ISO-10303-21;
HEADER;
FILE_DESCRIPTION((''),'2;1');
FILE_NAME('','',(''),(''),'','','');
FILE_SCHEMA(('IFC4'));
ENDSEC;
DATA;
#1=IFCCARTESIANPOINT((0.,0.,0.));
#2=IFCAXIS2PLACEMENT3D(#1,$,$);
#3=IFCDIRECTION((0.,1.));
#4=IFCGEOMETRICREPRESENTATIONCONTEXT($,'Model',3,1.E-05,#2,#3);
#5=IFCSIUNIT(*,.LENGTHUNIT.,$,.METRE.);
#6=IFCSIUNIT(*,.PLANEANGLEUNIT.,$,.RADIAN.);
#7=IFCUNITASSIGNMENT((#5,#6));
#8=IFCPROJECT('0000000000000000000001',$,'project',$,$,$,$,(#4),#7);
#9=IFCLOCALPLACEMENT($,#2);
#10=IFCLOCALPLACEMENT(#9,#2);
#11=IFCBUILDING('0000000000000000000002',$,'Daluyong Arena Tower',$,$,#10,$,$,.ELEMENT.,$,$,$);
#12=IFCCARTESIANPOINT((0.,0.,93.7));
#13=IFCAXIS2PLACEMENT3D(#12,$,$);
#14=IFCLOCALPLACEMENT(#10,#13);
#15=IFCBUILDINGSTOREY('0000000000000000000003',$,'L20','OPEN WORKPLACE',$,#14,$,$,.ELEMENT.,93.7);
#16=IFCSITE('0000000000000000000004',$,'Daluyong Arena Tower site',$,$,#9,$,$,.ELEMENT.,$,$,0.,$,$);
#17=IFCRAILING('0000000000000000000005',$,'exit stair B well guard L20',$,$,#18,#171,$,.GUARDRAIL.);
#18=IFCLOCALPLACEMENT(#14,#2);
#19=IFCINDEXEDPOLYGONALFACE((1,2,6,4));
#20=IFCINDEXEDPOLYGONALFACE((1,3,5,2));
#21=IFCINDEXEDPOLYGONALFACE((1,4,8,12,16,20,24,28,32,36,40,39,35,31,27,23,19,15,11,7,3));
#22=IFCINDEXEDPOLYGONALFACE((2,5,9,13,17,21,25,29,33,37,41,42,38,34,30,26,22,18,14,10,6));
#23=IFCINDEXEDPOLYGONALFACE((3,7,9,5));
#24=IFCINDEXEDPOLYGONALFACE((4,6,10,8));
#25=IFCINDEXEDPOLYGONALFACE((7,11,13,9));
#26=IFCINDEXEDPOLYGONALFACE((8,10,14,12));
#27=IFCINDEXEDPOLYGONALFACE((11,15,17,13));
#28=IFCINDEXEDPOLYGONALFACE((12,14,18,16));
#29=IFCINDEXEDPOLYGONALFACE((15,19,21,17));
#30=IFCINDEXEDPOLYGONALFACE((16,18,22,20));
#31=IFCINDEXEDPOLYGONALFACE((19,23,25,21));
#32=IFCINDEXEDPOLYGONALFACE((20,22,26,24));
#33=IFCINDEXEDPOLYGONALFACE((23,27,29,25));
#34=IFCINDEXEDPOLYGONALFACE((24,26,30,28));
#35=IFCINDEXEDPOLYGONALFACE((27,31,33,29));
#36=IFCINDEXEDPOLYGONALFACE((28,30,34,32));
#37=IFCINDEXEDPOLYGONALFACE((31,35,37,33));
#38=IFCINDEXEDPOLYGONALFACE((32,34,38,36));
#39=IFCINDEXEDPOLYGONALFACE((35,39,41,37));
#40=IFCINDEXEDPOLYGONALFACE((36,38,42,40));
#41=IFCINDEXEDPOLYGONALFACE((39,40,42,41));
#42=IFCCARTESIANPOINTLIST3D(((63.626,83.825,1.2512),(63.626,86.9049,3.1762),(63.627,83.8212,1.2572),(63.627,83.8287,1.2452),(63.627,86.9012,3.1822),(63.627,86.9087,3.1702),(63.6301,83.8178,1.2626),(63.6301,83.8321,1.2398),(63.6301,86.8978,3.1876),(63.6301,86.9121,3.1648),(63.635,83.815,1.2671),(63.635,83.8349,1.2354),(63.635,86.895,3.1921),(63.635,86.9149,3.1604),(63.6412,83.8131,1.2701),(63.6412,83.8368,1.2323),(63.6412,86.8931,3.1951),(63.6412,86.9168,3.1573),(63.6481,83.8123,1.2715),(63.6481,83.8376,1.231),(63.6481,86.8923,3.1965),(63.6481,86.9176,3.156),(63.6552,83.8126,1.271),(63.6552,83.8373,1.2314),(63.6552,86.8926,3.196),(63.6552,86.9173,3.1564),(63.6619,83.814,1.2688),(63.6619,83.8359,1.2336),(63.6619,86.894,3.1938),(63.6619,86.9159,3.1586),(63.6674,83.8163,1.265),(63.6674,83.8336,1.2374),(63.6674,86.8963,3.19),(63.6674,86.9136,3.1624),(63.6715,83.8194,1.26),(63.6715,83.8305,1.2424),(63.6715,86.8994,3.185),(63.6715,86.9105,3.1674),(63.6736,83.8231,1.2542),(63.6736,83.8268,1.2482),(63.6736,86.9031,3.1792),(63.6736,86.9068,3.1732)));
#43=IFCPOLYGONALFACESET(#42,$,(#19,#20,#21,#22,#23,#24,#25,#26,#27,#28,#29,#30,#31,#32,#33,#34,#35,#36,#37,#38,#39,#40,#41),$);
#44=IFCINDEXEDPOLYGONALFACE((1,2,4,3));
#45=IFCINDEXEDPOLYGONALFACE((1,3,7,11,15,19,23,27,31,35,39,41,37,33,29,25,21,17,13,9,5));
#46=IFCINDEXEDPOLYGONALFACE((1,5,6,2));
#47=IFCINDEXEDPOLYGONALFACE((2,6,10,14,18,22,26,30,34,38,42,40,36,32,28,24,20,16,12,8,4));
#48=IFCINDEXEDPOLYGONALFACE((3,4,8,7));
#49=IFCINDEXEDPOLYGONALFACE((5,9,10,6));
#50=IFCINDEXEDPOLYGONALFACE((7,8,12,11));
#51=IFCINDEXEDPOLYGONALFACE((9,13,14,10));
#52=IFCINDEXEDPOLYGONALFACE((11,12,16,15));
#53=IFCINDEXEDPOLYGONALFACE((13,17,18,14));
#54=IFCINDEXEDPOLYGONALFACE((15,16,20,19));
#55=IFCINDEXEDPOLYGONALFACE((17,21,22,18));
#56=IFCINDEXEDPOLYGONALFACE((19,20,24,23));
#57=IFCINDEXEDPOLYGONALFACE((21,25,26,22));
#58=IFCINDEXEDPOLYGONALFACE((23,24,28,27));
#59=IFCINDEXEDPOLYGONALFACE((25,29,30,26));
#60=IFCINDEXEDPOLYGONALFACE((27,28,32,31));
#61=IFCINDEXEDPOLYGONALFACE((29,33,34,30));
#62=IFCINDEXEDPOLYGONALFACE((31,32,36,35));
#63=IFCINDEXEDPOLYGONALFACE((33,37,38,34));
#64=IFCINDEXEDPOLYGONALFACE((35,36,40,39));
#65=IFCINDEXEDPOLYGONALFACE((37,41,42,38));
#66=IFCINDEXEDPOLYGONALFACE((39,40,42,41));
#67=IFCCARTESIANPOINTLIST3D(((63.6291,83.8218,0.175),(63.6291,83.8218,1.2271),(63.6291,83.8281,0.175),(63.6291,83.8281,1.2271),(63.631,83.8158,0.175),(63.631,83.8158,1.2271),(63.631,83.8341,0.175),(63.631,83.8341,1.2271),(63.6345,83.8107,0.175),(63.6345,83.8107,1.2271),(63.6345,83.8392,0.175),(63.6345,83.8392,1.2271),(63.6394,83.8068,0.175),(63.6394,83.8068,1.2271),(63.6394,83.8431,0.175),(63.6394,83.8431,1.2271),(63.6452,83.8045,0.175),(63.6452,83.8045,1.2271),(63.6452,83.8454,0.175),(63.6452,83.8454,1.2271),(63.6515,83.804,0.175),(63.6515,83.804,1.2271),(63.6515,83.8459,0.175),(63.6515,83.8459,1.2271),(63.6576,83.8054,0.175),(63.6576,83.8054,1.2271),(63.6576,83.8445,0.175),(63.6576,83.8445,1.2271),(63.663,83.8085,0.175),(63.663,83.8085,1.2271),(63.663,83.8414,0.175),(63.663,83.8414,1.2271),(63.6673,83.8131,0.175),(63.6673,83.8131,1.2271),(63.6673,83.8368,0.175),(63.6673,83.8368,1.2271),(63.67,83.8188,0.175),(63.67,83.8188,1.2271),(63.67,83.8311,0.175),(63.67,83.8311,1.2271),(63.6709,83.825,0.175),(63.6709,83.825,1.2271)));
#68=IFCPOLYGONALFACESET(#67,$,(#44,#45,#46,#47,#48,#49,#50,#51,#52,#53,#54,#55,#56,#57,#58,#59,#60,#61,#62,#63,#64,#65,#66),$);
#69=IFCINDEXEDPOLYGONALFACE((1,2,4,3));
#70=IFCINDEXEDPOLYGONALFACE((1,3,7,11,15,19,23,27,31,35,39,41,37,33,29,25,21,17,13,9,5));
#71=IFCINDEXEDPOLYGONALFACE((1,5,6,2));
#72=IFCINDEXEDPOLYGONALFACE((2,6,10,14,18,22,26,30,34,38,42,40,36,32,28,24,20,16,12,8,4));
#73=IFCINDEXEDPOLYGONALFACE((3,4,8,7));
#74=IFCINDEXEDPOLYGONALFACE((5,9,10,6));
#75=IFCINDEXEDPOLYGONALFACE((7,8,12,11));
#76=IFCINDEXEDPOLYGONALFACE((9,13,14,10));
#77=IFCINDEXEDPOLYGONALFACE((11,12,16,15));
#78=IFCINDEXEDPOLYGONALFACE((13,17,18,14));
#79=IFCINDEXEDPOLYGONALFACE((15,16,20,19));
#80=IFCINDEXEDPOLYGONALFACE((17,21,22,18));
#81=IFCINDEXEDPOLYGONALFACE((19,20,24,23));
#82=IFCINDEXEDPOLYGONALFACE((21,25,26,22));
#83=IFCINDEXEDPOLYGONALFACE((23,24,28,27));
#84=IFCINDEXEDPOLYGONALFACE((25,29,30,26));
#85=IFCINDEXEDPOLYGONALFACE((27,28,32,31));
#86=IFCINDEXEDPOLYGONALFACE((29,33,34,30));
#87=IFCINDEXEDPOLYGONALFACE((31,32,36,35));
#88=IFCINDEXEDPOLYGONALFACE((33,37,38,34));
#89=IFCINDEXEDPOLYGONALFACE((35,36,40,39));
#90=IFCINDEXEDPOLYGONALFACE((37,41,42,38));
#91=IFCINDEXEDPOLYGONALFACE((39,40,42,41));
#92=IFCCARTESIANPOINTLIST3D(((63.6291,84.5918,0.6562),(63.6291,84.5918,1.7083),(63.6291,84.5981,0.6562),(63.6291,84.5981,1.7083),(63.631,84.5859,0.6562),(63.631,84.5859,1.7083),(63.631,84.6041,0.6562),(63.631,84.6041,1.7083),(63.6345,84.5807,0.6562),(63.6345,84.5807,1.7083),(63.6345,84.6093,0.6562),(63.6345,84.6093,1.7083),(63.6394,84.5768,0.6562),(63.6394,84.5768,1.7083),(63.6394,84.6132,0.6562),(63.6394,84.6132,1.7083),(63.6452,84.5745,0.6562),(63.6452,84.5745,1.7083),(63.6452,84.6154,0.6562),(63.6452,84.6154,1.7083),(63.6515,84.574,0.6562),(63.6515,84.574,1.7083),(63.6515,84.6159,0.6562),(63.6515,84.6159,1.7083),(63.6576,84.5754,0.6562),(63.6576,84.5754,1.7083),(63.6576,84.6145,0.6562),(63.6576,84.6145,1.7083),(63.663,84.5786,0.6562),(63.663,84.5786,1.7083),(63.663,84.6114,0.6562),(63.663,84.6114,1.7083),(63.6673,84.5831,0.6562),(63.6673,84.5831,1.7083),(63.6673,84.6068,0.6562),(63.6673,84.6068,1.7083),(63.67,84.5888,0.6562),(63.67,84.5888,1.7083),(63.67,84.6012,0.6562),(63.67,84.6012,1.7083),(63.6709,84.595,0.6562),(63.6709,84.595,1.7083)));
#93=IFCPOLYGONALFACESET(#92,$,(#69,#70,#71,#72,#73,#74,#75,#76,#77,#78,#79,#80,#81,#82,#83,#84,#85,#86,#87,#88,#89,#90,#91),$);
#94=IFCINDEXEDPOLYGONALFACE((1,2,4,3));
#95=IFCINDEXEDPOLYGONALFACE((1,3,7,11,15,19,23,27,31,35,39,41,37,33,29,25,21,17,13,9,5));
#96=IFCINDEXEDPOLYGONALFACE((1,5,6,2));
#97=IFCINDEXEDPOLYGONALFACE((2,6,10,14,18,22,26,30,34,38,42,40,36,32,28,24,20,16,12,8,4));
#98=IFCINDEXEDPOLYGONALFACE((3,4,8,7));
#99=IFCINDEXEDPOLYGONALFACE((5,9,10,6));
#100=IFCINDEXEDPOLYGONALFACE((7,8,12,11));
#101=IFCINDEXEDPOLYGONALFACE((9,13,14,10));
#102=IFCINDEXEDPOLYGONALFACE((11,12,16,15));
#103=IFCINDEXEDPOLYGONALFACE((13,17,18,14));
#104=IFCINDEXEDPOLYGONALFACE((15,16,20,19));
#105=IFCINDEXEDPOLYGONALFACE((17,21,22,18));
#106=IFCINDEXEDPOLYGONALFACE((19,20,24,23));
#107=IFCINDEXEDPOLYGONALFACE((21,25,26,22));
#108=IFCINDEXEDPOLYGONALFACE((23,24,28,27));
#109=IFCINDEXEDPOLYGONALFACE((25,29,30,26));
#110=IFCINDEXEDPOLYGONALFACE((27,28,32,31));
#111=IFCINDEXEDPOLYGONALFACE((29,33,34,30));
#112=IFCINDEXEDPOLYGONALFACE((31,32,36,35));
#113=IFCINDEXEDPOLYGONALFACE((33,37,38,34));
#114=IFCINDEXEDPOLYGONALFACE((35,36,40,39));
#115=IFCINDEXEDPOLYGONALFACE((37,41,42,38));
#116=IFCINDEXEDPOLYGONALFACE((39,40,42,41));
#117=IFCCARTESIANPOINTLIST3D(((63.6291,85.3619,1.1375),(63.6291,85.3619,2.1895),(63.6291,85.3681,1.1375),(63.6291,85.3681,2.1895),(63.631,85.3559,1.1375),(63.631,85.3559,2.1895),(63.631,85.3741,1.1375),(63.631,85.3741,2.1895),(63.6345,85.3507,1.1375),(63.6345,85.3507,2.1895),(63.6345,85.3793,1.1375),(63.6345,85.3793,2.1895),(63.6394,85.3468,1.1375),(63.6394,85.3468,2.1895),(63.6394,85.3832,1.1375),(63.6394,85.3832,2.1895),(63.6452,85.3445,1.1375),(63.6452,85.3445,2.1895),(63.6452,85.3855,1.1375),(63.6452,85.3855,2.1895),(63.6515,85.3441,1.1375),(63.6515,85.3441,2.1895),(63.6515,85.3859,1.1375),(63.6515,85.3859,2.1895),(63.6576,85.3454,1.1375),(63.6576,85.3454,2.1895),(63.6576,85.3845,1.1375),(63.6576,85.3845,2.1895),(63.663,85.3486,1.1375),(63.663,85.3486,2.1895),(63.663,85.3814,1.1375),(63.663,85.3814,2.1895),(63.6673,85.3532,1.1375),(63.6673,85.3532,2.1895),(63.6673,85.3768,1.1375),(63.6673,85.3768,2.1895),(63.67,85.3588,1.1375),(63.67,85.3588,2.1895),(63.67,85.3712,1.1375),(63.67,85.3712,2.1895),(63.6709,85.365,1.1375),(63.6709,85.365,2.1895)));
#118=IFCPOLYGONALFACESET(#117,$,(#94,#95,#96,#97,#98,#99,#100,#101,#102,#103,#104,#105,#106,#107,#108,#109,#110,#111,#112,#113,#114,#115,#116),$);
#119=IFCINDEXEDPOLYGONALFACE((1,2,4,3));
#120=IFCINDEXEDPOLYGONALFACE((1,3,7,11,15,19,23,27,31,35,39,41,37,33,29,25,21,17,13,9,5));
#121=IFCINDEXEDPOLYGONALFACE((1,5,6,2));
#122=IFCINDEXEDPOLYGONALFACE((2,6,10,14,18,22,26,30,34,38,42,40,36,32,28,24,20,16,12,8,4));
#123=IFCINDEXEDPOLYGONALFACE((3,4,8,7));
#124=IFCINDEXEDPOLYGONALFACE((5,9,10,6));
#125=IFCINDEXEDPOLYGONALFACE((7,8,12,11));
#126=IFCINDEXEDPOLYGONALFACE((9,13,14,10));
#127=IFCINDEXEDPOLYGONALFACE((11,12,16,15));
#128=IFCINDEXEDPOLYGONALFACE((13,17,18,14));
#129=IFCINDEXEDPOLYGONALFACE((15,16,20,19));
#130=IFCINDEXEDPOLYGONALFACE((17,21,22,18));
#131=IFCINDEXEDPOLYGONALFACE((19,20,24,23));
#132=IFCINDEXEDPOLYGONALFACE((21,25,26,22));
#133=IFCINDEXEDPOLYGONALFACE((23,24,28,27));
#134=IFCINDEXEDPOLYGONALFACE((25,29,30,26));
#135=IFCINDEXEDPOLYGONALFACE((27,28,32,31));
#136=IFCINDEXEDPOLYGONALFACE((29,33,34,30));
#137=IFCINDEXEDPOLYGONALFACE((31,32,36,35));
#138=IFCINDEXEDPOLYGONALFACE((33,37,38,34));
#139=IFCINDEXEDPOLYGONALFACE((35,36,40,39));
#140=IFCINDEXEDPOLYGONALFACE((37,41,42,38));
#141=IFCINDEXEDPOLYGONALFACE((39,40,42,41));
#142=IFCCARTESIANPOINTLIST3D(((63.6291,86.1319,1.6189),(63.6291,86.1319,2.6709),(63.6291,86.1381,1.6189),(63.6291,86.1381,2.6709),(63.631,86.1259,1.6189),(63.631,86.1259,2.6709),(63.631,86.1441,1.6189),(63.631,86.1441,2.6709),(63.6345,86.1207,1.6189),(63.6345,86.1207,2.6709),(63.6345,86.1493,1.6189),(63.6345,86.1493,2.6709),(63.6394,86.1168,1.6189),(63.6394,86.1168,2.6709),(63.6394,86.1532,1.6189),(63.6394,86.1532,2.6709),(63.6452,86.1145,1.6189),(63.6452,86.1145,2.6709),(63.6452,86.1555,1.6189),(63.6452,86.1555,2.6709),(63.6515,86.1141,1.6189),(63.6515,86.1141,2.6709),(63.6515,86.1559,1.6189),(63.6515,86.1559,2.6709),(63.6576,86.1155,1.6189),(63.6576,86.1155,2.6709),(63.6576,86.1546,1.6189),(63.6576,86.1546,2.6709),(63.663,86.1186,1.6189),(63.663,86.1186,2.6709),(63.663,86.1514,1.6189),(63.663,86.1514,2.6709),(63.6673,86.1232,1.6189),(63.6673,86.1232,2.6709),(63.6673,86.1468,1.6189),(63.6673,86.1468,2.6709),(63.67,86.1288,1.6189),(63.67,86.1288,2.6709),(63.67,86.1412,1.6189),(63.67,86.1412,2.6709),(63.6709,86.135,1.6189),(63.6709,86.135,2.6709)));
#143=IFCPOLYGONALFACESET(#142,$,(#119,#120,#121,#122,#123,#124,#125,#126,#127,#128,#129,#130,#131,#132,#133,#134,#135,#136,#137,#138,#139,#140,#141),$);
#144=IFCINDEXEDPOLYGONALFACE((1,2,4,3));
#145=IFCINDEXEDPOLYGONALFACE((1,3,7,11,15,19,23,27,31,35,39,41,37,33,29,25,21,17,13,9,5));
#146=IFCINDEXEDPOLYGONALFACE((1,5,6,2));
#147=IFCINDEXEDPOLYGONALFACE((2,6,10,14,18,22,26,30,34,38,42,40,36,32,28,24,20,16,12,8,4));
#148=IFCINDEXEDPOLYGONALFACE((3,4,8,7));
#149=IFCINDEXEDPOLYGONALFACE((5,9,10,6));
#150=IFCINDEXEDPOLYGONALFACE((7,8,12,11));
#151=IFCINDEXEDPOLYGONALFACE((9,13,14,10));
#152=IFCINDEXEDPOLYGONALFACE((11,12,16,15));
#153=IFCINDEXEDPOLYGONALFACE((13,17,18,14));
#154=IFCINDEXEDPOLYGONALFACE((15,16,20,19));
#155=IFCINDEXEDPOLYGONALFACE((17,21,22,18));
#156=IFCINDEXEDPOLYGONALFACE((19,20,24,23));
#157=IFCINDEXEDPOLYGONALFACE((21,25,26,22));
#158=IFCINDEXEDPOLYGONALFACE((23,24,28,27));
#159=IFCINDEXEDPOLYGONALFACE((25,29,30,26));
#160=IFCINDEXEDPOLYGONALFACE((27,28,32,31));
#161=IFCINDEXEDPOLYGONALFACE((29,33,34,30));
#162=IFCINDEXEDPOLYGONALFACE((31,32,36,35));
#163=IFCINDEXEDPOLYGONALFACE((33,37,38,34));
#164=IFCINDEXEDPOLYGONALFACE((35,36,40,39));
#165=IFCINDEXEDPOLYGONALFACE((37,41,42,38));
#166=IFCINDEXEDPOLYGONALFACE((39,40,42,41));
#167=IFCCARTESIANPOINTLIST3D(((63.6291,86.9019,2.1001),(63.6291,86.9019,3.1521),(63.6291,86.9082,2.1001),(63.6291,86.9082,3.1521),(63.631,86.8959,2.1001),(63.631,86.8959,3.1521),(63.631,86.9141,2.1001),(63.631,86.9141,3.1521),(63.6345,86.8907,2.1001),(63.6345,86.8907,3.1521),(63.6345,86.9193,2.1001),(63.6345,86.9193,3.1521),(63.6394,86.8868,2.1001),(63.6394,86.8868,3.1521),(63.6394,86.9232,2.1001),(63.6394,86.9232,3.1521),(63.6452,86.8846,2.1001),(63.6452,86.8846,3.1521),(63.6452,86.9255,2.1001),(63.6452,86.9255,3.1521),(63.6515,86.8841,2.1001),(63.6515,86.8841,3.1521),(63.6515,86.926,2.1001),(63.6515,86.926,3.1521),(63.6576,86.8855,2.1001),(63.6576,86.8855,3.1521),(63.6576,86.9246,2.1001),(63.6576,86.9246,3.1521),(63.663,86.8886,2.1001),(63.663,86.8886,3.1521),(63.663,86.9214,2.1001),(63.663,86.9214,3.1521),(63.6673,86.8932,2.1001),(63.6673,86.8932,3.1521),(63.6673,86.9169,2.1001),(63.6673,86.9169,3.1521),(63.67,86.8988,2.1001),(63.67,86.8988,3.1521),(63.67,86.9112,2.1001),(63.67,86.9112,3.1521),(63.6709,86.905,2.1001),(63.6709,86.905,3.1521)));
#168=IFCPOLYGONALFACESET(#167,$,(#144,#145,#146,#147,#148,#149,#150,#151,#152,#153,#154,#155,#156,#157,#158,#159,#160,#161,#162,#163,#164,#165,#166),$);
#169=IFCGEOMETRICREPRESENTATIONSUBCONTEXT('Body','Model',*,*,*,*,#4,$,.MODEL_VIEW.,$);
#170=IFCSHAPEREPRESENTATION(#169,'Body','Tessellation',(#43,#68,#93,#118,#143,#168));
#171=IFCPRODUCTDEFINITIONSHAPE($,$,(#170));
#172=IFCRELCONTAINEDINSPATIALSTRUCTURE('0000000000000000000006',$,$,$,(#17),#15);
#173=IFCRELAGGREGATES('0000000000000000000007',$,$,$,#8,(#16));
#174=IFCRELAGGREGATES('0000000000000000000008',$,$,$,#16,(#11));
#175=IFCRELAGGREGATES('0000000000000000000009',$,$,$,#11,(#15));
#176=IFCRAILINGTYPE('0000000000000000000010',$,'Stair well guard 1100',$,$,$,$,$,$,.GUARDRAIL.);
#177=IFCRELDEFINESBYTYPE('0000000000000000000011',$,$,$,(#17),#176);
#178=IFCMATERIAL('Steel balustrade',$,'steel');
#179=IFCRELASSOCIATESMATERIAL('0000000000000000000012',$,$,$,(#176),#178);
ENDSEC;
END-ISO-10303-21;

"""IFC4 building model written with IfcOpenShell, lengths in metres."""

from ifc_helpers import new_model, si_unit, direction, frame, origin, origin_2d, place, context, subcontext, project, spatial, circle, extrude, material, type_object, element, save


model = new_model("IFC4")

# Units and contexts
model_context = context("Model", 3, precision=1e-05, world=origin(), true_north=direction((0.0, 1.0)))
body_context = subcontext(model_context, "Body", "Model", "MODEL_VIEW")
ifc_project = project(units=[si_unit("LENGTHUNIT", "METRE"), si_unit("PLANEANGLEUNIT", "RADIAN")], contexts=[model_context])

# Site, building, storey
site_placement = place(None, origin())
site = spatial("IfcSite", under=ifc_project, at=site_placement, Name="Daluyong Arena Tower site", CompositionType="ELEMENT", RefElevation=0.0)
building_placement = place(site_placement, origin())
building = spatial("IfcBuilding", under=site, at=building_placement, Name="Daluyong Arena Tower", CompositionType="ELEMENT")
storey_placement = place(building_placement, frame((0.0, 0.0, 93.7)))
storey = spatial("IfcBuildingStorey", under=building, at=storey_placement, Name="L20", Description="OPEN WORKPLACE", CompositionType="ELEMENT", Elevation=93.7)

# Railing
ifc_material_1 = material(Name="Steel balustrade", Category="steel")
railing_type_1 = type_object("IfcRailingType", Name="Stair well guard 1100", PredefinedType="GUARDRAIL", material=ifc_material_1)
railing_1_placement = place(storey_placement, frame((63.6499, 83.825, 0.175)))
element("IfcRailing", 1, at=railing_1_placement, inside=storey, type_object=railing_type_1, Name="exit stair B well guard L20", PredefinedType="GUARDRAIL", context=body_context, shape_type="SweptSolid", body=[
    extrude(circle(Radius=0.0239, at=origin_2d()), frame((0.0, 0.0, 1.0762), z_axis=(0.0, 0.847998, 0.529999), x_axis=(-1.0, 0.0, 0.0)), (0.0, 0.0, 1.0), 3.6321),
    extrude(circle(Radius=0.021, at=origin_2d()), origin(), (0.0, 0.0, 1.0), 1.052),
    extrude(circle(Radius=0.021, at=origin_2d()), frame((0.0, 0.77, 0.4812)), (0.0, 0.0, 1.0), 1.052),
    extrude(circle(Radius=0.021, at=origin_2d()), frame((0.0, 1.54, 0.9624)), (0.0, 0.0, 1.0), 1.052),
    extrude(circle(Radius=0.021, at=origin_2d()), frame((0.0, 2.3101, 1.4438)), (0.0, 0.0, 1.0), 1.052),
    extrude(circle(Radius=0.021, at=origin_2d()), frame((0.0, 3.0801, 1.925)), (0.0, 0.0, 1.0), 1.052),
])

save(model, "model.ifc")
